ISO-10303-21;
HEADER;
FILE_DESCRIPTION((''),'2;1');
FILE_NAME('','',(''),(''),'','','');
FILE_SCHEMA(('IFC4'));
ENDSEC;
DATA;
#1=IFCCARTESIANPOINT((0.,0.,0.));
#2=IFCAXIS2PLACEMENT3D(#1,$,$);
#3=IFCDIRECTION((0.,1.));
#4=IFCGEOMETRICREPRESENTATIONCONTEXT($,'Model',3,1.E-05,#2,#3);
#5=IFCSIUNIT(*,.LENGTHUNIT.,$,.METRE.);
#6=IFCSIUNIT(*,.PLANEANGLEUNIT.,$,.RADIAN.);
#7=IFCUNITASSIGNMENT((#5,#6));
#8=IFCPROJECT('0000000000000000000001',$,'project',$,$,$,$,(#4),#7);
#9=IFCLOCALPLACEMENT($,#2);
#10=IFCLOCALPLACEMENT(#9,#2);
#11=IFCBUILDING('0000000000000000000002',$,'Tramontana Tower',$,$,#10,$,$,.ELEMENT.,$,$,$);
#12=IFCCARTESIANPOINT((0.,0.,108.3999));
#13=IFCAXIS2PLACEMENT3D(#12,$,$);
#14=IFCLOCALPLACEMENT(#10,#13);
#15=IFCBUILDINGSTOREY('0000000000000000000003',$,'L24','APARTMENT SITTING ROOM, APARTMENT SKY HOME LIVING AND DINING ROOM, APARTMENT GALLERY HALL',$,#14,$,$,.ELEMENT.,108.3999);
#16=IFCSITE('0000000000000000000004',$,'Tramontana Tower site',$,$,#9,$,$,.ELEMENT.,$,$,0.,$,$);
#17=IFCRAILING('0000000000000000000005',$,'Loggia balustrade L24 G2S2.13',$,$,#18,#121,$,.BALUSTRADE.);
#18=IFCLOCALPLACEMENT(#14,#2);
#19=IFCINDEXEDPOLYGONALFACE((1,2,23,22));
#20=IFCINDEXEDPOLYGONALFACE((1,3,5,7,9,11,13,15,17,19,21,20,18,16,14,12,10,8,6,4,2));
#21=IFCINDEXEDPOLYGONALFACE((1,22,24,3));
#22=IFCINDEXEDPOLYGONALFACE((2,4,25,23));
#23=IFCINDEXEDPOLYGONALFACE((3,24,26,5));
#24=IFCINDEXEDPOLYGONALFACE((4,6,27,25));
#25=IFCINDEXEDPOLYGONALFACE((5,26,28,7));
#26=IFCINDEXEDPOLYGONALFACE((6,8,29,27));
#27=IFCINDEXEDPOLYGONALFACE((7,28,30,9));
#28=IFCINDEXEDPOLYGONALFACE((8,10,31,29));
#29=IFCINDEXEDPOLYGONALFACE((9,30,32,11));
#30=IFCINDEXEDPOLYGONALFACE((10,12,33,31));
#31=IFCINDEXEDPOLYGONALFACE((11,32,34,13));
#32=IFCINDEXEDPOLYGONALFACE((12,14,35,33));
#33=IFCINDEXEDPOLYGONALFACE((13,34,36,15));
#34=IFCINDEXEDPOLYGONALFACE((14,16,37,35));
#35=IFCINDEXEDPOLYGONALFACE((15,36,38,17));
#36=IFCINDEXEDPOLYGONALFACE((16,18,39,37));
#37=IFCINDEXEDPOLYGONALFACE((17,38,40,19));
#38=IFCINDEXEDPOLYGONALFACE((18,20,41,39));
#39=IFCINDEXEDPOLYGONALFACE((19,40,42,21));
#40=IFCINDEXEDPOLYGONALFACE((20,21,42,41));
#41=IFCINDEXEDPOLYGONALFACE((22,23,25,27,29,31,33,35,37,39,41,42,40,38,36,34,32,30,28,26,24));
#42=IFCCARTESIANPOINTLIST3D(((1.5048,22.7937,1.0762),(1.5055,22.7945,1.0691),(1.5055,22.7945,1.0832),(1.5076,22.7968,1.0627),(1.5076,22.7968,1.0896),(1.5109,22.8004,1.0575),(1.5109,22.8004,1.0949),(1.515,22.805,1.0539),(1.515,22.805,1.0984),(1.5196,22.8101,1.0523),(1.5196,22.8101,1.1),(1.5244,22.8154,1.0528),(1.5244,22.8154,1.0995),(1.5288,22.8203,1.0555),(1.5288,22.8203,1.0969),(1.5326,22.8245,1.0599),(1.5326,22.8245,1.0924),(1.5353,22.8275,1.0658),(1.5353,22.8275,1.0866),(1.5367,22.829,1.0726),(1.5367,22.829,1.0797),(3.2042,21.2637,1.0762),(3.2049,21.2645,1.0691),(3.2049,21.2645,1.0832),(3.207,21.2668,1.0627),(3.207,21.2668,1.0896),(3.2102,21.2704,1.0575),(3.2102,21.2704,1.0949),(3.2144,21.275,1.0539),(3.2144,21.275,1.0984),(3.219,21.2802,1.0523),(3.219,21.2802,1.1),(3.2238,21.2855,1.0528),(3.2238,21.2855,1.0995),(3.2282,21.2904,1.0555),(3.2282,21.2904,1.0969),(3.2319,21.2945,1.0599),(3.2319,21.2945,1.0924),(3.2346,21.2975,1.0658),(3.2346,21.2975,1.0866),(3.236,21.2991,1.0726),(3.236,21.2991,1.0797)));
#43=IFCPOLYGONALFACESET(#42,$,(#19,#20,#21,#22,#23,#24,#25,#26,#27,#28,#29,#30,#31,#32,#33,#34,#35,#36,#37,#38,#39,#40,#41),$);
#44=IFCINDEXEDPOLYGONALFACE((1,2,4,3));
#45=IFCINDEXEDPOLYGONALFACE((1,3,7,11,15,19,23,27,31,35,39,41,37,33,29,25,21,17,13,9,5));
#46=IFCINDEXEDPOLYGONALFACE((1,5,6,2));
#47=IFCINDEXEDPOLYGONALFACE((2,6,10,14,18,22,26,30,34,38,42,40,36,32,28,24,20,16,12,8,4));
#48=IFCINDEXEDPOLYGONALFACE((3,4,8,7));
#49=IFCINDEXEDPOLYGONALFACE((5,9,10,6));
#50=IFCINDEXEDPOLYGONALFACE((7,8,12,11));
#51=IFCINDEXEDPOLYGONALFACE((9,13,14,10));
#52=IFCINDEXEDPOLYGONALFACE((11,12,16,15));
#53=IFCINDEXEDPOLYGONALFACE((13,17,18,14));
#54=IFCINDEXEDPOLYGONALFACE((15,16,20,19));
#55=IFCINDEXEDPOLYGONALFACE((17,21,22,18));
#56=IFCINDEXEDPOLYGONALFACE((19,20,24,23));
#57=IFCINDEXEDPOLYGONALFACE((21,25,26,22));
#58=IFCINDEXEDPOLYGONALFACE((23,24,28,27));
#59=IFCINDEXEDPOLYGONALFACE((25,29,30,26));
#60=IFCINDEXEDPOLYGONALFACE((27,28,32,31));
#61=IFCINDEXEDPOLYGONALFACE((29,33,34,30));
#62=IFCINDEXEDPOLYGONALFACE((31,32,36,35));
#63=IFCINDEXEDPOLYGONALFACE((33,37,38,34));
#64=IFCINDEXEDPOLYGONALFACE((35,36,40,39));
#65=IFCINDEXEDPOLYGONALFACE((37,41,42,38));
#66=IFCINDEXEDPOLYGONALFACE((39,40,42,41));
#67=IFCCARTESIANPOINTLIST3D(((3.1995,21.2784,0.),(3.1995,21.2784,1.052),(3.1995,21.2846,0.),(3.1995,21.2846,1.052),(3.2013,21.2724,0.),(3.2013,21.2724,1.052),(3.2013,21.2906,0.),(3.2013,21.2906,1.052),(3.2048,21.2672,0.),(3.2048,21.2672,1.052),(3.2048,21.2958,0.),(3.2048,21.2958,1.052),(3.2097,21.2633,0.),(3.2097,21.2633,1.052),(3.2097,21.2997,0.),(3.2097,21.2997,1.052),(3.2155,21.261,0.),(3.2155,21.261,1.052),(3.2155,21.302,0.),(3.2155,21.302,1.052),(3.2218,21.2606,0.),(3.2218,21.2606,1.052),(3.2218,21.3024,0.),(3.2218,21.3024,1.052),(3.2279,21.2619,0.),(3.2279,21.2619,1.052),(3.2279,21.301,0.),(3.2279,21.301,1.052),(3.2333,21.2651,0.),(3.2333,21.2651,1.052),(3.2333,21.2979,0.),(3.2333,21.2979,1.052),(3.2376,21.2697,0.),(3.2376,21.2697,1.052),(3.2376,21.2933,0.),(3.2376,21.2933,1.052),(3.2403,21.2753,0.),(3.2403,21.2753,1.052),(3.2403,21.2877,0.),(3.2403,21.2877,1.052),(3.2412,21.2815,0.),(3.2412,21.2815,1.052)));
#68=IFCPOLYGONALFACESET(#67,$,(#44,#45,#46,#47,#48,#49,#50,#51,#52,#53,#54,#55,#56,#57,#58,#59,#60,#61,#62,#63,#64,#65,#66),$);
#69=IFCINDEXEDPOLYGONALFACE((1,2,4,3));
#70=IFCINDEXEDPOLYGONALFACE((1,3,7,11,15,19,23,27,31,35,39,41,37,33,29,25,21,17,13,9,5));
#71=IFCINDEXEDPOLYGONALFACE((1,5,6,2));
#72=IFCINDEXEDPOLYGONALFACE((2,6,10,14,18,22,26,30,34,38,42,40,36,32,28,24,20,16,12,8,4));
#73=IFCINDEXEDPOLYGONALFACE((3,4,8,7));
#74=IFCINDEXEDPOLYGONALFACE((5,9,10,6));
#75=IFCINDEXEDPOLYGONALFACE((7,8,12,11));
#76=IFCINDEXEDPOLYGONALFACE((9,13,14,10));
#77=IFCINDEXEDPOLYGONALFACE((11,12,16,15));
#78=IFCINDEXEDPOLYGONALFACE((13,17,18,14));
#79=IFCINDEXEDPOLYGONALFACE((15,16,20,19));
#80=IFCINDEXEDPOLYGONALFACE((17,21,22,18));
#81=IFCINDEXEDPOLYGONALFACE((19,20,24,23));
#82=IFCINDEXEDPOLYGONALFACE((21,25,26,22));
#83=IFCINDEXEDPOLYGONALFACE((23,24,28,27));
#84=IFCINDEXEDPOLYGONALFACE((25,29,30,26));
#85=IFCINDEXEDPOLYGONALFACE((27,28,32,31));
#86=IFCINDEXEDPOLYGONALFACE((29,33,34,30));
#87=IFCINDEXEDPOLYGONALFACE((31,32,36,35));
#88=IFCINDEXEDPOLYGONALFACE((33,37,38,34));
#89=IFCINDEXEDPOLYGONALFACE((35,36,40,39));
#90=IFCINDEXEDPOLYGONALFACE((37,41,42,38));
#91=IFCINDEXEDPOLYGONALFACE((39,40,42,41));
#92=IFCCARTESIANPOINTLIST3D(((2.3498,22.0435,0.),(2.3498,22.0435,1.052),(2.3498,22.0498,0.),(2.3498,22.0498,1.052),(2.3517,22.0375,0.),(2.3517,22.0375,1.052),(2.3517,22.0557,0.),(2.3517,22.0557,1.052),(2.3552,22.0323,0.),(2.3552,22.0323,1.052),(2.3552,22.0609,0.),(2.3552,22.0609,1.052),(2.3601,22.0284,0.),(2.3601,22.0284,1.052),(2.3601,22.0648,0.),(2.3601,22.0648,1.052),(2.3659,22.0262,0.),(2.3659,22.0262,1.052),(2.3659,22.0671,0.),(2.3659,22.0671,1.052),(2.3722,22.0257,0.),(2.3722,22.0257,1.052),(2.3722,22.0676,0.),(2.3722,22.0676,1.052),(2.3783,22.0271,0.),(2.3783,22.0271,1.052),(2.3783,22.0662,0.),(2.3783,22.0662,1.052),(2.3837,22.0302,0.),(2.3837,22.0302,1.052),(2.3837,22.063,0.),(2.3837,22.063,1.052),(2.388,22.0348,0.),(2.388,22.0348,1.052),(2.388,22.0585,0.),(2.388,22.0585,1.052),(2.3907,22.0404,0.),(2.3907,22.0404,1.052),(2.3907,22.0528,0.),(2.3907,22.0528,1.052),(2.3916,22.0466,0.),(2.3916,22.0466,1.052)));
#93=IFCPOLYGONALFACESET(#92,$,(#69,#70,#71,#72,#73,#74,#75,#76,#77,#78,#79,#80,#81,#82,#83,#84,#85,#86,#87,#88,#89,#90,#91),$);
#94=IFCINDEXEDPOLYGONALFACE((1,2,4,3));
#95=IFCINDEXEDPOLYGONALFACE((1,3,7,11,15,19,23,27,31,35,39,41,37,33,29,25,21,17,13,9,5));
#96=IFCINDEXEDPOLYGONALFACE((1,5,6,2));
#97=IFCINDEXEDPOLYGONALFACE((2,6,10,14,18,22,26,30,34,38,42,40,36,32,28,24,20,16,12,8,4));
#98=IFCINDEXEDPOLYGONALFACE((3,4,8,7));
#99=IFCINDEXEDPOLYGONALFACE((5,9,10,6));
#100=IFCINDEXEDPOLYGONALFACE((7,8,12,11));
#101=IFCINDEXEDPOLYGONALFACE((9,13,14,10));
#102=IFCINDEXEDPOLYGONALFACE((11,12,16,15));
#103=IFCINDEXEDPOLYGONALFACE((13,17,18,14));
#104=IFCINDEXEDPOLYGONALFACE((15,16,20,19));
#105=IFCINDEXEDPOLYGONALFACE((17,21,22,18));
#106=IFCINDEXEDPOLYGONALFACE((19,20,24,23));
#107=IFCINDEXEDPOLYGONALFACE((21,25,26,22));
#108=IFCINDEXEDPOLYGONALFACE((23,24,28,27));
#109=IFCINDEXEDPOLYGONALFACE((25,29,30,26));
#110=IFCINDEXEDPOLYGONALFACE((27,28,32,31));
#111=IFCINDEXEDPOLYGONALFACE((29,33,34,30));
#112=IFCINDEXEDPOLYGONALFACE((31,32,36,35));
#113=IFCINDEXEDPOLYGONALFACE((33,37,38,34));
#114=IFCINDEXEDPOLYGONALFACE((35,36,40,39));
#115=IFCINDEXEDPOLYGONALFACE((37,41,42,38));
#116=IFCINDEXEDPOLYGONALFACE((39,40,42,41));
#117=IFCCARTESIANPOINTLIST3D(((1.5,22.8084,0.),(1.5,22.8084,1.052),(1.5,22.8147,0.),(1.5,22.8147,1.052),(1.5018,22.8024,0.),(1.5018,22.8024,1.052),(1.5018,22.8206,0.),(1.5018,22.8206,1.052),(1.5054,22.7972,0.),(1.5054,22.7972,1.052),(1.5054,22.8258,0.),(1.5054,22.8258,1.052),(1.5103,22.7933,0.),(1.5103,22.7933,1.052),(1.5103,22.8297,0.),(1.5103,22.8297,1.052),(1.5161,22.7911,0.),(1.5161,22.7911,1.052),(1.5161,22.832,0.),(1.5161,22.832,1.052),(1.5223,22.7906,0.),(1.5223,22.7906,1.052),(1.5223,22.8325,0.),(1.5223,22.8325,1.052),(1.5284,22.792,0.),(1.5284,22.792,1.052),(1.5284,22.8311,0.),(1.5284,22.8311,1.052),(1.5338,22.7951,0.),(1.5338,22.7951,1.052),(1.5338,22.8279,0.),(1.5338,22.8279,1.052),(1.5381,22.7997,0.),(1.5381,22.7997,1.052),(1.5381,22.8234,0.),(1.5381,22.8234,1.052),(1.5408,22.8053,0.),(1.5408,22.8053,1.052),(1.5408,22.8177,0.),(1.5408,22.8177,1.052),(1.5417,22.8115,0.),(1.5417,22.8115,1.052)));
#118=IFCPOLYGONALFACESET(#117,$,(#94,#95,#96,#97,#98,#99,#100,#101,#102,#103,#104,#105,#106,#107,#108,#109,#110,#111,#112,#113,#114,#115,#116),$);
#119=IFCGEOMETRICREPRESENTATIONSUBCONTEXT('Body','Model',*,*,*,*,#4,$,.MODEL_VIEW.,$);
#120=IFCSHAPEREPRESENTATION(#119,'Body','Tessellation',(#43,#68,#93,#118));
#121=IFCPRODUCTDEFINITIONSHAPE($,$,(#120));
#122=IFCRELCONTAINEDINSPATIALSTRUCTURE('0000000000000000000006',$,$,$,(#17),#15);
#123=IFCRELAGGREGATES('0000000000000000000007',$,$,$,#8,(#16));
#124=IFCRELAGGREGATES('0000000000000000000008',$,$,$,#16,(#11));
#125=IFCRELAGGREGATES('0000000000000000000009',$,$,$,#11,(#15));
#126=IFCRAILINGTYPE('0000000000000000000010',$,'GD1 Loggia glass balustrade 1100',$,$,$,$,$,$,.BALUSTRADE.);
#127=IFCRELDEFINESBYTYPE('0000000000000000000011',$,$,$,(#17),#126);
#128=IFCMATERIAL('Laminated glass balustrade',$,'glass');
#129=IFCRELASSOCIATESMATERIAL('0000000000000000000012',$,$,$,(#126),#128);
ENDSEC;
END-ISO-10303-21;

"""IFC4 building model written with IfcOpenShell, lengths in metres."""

from ifc_helpers import new_model, si_unit, direction, frame, origin, origin_2d, place, context, subcontext, project, spatial, circle, extrude, material, type_object, element, save


model = new_model("IFC4")

# Units and contexts
model_context = context("Model", 3, precision=1e-05, world=origin(), true_north=direction((0.0, 1.0)))
body_context = subcontext(model_context, "Body", "Model", "MODEL_VIEW")
ifc_project = project(units=[si_unit("LENGTHUNIT", "METRE"), si_unit("PLANEANGLEUNIT", "RADIAN")], contexts=[model_context])

# Site, building, storey
site_placement = place(None, origin())
site = spatial("IfcSite", under=ifc_project, at=site_placement, Name="Tramontana Tower site", CompositionType="ELEMENT", RefElevation=0.0)
building_placement = place(site_placement, origin())
building = spatial("IfcBuilding", under=site, at=building_placement, Name="Tramontana Tower", CompositionType="ELEMENT")
storey_placement = place(building_placement, frame((0.0, 0.0, 108.3999)))
storey = spatial("IfcBuildingStorey", under=building, at=storey_placement, Name="L24", Description="APARTMENT SITTING ROOM, APARTMENT SKY HOME LIVING AND DINING ROOM, APARTMENT GALLERY HALL", CompositionType="ELEMENT", Elevation=108.3999)

# Railing
ifc_material_1 = material(Name="Laminated glass balustrade", Category="glass")
railing_type = type_object("IfcRailingType", Name="GD1 Loggia glass balustrade 1100", PredefinedType="BALUSTRADE", material=ifc_material_1)
railing_placement = place(storey_placement, frame((3.2202, 21.2815, 0.0)))
element("IfcRailing", 1, at=railing_placement, inside=storey, type_object=railing_type, Name="Loggia balustrade L24 G2S2.13", PredefinedType="BALUSTRADE", context=body_context, shape_type="SweptSolid", body=[
    extrude(circle(Radius=0.0239, at=origin_2d()), frame((0.0, 0.0, 1.0762), z_axis=(-0.743183, 0.669089, 0.0), x_axis=(-0.669089, -0.743183, 0.0)), (0.0, 0.0, 1.0), 2.2866),
    extrude(circle(Radius=0.021, at=origin_2d()), origin(), (0.0, 0.0, 1.0), 1.052),
    extrude(circle(Radius=0.021, at=origin_2d()), frame((-0.8496, 0.7651, 0.0)), (0.0, 0.0, 1.0), 1.052),
    extrude(circle(Radius=0.021, at=origin_2d()), frame((-1.6995, 1.53, 0.0)), (0.0, 0.0, 1.0), 1.052),
])

save(model, "model.ifc")
